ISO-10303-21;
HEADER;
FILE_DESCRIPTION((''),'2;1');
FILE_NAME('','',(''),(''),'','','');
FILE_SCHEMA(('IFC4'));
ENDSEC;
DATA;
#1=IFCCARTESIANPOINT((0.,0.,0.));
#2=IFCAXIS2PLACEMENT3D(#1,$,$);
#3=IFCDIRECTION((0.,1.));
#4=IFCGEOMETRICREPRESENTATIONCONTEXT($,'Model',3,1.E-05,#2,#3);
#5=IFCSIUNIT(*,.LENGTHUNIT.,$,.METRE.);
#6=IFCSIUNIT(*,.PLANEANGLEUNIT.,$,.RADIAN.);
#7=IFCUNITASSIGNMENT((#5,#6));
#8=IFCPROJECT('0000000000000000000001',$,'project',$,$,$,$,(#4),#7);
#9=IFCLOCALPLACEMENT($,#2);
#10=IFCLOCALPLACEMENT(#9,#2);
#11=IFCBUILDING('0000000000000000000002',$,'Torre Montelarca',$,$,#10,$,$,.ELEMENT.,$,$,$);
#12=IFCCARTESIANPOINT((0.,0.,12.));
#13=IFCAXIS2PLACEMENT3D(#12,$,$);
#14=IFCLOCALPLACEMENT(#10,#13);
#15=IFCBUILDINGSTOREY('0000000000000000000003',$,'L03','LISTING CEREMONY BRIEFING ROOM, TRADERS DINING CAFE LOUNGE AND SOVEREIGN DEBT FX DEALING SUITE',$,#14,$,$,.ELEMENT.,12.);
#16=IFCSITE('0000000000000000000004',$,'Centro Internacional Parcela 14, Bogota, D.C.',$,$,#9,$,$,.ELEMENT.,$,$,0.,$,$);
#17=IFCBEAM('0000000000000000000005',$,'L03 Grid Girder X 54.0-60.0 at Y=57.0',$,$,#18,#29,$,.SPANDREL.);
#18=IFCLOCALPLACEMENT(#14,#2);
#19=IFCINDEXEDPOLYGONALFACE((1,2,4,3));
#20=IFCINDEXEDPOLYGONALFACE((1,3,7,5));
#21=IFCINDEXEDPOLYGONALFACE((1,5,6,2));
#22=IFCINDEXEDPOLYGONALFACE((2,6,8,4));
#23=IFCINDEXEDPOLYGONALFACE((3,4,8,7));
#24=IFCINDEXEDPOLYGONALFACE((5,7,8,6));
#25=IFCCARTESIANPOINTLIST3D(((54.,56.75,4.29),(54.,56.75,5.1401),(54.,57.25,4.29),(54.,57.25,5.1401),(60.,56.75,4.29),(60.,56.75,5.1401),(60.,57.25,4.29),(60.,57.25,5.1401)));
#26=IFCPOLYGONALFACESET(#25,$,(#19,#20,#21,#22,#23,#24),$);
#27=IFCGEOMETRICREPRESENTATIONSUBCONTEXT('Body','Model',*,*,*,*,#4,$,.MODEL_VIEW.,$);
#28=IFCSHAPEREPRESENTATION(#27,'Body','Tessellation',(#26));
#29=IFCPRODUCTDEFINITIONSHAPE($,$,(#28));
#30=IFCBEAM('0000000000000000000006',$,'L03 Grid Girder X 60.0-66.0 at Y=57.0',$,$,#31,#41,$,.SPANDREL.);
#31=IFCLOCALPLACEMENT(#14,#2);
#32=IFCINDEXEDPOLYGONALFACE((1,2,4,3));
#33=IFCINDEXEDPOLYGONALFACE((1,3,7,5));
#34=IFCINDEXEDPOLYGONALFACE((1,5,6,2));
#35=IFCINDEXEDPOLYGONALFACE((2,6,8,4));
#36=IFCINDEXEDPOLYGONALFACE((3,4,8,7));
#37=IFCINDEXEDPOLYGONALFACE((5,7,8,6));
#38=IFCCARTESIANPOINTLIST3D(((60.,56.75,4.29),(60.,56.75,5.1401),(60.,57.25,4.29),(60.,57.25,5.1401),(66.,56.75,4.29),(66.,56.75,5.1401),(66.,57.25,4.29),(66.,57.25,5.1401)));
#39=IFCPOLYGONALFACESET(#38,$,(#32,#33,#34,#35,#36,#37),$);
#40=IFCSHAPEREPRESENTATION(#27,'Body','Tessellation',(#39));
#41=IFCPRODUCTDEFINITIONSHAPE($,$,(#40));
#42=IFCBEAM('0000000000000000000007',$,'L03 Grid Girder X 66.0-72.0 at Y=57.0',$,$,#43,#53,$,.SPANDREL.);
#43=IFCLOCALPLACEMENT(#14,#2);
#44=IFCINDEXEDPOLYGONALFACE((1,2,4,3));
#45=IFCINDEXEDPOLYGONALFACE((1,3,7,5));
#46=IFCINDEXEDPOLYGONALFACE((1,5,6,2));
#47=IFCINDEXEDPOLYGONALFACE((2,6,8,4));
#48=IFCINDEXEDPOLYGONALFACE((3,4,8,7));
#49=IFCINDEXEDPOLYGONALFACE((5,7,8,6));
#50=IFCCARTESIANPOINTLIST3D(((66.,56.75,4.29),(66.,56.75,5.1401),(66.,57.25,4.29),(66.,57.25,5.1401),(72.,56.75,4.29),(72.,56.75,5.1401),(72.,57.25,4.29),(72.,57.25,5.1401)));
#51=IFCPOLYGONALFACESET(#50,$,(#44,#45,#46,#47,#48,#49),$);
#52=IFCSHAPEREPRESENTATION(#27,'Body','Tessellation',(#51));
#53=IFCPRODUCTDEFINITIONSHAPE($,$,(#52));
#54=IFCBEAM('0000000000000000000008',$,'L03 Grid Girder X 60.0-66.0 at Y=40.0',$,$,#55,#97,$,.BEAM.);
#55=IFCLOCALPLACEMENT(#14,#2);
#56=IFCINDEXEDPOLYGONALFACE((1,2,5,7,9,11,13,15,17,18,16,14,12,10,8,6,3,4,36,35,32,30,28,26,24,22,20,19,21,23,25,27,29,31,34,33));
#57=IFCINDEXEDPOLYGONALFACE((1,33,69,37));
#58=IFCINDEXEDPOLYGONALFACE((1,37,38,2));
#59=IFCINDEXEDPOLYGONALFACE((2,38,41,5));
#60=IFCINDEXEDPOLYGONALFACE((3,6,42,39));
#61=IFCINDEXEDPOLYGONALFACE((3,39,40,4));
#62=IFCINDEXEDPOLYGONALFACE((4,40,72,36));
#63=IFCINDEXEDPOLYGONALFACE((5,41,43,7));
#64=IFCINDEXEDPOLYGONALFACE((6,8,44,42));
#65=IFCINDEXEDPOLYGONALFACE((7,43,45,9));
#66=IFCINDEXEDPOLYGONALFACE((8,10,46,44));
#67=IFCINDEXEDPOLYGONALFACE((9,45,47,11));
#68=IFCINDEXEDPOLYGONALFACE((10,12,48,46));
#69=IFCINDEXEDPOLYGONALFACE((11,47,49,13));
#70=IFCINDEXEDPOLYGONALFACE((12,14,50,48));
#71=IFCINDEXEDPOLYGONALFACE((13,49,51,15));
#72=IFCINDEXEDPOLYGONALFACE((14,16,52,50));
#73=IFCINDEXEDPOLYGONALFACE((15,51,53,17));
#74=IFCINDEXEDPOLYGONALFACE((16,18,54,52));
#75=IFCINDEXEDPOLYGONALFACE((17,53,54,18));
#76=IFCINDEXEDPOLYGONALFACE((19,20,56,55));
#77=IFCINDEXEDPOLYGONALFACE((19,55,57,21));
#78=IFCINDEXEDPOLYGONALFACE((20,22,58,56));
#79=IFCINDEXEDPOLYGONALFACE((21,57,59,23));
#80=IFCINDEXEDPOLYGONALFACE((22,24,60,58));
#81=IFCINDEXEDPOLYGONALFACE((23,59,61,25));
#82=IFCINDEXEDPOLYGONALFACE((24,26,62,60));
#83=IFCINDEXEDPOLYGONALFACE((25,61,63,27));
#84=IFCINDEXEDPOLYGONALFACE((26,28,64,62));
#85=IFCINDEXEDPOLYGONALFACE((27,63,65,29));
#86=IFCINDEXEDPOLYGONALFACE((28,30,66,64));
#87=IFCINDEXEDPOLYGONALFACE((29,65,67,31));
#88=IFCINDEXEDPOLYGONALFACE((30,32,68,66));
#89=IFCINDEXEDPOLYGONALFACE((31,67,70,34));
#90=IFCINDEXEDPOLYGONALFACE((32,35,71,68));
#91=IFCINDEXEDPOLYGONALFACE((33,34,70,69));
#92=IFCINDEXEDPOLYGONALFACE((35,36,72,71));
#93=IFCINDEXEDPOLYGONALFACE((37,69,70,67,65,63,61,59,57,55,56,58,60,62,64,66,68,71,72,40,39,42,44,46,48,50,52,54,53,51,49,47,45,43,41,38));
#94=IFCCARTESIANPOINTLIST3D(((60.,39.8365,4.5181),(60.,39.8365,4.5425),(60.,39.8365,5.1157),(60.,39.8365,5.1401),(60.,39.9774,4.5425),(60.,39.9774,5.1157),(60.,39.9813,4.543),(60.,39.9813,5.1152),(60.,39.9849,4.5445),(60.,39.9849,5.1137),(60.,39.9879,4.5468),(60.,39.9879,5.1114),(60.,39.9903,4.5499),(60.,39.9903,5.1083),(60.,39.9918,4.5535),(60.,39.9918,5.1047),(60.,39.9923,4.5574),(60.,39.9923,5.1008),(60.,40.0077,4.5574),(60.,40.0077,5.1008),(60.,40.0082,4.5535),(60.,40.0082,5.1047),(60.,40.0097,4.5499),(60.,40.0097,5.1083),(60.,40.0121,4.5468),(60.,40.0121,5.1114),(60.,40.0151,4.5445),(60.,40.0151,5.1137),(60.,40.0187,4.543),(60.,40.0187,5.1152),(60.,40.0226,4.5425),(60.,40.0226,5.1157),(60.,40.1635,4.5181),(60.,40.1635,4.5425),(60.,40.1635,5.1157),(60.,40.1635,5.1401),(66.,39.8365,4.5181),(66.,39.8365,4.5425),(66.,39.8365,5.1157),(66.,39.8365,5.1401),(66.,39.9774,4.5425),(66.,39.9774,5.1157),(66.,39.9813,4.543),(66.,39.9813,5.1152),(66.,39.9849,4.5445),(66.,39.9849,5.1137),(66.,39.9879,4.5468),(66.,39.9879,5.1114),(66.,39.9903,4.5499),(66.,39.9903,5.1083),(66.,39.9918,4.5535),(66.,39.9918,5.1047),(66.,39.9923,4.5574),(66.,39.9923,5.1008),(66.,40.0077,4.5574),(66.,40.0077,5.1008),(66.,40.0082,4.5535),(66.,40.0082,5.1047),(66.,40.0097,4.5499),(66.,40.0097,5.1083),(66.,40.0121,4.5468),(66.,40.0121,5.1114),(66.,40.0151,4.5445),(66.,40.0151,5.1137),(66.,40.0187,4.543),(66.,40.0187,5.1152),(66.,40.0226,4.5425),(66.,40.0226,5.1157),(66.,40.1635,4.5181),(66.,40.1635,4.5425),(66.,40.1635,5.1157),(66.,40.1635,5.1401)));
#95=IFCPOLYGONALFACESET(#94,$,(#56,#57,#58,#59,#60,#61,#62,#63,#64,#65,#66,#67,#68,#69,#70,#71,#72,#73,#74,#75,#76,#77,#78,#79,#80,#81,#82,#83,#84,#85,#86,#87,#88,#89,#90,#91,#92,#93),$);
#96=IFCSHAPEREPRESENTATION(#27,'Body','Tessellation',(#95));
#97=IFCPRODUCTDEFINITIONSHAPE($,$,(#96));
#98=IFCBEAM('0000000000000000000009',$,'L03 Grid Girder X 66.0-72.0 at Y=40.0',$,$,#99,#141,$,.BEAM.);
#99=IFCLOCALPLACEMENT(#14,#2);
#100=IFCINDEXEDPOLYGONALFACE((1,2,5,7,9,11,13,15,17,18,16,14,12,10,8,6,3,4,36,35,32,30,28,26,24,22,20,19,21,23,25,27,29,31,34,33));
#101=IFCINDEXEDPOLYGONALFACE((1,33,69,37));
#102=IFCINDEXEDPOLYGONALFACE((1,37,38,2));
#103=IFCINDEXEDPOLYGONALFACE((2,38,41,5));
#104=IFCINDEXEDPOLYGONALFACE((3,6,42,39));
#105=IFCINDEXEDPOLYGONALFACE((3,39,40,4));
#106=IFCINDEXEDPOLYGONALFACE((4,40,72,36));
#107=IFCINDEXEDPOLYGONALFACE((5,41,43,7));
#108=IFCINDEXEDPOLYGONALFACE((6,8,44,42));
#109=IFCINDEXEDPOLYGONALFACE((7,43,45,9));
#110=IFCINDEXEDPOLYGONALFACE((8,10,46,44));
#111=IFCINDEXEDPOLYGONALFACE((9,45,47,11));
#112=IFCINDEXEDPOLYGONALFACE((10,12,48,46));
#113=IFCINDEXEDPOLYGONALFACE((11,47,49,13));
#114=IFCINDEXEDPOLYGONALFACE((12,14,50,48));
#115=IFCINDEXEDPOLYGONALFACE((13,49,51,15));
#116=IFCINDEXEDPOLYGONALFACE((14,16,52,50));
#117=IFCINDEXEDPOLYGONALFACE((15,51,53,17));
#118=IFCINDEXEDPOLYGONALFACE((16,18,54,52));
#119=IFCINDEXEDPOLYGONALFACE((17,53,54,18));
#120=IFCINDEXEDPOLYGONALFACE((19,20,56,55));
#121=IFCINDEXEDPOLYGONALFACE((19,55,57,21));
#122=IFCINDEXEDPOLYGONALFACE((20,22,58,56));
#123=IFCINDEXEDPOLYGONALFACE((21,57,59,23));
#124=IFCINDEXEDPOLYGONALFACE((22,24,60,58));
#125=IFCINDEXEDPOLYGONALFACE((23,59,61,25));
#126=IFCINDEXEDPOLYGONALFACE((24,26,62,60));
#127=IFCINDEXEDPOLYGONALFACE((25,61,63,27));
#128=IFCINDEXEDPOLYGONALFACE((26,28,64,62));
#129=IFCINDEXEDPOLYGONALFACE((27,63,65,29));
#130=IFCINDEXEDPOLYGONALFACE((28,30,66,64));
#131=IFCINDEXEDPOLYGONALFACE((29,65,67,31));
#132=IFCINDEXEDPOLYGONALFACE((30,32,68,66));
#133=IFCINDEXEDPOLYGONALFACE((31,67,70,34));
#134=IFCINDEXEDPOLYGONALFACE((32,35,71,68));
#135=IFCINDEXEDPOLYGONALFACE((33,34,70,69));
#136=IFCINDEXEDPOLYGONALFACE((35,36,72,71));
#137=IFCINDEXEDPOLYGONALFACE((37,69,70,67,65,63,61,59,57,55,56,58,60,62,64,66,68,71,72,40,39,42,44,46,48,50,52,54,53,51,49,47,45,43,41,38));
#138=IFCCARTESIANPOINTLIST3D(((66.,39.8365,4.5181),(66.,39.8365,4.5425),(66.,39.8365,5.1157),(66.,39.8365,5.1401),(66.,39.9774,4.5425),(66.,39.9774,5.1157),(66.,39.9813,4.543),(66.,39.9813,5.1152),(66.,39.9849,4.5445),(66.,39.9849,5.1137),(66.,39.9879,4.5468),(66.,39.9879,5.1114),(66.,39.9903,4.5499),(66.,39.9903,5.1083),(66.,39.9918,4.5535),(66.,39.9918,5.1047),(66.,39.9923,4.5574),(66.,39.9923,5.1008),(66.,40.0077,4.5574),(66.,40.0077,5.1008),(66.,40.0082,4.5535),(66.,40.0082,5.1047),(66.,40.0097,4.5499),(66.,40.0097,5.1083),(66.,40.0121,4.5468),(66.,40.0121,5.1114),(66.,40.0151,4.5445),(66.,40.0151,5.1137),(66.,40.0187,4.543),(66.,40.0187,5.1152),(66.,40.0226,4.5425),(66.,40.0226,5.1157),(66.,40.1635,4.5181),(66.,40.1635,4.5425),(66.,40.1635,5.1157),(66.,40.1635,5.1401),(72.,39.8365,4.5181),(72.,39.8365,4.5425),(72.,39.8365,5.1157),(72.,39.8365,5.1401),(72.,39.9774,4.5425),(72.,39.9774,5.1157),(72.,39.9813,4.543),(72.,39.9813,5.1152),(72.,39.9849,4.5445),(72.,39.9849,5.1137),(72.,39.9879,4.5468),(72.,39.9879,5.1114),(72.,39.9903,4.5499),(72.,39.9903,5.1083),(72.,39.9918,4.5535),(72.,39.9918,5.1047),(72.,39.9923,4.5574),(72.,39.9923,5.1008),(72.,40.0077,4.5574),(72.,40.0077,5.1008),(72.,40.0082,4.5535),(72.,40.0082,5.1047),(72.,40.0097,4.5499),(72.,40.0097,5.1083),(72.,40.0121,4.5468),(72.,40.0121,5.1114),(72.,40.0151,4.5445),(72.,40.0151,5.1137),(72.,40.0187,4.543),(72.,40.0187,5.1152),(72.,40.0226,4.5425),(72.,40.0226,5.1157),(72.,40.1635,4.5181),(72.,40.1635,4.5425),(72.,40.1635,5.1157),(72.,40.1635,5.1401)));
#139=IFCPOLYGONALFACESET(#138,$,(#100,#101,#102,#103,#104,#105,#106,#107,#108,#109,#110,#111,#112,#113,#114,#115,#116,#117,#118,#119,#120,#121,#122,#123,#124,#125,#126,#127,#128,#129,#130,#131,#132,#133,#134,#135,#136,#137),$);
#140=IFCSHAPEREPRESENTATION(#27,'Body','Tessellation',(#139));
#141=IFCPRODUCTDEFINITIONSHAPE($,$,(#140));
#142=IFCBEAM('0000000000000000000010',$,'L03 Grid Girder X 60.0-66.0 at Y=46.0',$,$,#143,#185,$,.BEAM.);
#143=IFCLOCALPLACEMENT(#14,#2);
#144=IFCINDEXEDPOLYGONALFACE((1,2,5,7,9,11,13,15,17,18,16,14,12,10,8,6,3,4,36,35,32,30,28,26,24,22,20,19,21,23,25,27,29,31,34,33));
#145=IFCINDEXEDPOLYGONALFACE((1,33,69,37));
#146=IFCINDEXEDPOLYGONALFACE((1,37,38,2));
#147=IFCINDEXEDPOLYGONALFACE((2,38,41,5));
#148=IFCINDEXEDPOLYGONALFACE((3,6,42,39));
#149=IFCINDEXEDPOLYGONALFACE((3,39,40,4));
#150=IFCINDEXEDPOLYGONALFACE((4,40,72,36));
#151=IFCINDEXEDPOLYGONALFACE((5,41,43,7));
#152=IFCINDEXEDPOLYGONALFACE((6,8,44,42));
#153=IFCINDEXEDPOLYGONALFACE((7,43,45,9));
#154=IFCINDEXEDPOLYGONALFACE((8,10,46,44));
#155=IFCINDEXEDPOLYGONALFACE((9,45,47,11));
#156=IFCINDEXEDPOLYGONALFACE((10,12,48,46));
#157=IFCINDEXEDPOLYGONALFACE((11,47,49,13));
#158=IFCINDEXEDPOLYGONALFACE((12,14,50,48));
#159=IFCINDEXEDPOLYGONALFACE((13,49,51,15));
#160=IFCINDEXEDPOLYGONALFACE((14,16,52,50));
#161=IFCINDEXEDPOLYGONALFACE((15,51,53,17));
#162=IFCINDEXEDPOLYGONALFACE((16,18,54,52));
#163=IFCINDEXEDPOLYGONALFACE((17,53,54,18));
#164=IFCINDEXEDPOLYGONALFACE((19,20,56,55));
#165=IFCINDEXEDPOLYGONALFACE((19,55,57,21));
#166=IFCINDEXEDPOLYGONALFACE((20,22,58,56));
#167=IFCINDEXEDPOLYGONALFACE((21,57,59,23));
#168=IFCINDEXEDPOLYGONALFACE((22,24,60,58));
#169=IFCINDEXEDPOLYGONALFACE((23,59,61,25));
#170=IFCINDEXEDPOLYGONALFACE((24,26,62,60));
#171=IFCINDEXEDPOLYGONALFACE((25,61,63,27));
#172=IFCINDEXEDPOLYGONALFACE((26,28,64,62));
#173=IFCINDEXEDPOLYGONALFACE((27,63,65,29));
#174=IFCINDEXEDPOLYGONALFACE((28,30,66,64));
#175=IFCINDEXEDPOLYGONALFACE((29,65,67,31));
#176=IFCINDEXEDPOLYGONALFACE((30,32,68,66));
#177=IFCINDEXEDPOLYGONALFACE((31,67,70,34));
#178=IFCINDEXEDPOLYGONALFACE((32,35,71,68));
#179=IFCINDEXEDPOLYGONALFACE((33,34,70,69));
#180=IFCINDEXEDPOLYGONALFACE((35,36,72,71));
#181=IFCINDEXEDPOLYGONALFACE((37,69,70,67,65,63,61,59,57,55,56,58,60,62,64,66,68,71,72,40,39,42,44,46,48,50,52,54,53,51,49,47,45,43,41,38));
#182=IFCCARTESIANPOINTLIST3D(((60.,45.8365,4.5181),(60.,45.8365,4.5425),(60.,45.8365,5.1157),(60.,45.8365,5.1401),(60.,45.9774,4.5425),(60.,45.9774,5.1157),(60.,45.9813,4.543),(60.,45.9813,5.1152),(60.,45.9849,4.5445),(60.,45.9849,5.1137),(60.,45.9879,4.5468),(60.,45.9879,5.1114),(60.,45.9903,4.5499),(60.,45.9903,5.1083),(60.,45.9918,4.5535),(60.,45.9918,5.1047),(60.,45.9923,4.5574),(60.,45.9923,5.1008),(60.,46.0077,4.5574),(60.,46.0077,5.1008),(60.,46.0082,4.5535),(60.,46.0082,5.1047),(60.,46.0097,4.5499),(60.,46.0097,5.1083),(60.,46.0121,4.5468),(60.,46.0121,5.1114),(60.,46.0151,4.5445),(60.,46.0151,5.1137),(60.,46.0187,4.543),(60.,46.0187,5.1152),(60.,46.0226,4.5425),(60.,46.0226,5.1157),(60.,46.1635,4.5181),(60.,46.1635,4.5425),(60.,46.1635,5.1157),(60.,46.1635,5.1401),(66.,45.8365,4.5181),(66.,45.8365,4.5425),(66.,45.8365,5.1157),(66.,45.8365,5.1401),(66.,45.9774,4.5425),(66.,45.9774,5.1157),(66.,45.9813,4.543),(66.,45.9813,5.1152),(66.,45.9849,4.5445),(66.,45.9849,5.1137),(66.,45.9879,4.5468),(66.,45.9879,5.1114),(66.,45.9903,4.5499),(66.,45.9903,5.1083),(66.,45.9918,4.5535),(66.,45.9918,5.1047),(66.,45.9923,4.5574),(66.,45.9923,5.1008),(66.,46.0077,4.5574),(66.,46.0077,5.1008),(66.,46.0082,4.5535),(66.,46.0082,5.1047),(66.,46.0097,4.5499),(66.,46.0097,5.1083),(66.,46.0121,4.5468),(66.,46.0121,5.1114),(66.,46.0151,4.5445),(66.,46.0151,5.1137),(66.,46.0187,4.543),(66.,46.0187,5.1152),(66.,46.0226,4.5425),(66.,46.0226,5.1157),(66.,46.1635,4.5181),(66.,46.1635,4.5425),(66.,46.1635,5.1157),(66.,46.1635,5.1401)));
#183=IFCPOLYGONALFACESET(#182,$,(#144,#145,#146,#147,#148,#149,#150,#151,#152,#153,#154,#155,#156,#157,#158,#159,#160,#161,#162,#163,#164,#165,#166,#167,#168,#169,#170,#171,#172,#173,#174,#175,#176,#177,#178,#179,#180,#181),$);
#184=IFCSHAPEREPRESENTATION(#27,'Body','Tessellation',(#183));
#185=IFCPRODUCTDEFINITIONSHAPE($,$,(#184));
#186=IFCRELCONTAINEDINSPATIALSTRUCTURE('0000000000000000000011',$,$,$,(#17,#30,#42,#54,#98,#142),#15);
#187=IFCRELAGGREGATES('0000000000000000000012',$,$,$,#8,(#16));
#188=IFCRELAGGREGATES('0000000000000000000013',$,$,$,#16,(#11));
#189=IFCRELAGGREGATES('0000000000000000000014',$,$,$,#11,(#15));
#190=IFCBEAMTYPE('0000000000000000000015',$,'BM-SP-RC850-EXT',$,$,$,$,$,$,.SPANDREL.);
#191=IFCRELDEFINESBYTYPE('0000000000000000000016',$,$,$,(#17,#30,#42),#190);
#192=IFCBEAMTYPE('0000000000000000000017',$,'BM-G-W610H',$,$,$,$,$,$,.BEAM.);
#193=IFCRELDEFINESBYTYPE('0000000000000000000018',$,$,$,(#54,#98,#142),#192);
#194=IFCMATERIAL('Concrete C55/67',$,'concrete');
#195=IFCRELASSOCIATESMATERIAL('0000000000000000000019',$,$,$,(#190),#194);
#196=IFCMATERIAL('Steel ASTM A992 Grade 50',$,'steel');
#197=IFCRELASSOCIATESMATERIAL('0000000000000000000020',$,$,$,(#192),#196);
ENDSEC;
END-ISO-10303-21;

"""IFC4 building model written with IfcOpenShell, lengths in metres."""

from ifc_helpers import new_model, si_unit, direction, frame, origin, origin_2d, place, context, subcontext, project, spatial, rectangle, i_section, extrude, source, transform, mapped, material, material_profile, profile_set, type_object, element, save


model = new_model("IFC4")

# Units and contexts
model_context = context("Model", 3, precision=1e-05, world=origin(), true_north=direction((0.0, 1.0)))
body_context = subcontext(model_context, "Body", "Model", "MODEL_VIEW")
ifc_project = project(units=[si_unit("LENGTHUNIT", "METRE"), si_unit("PLANEANGLEUNIT", "RADIAN")], contexts=[model_context])

# Site, building, storey
site_placement = place(None, origin())
site = spatial("IfcSite", under=ifc_project, at=site_placement, Name="Centro Internacional Parcela 14, Bogota, D.C.", CompositionType="ELEMENT", RefElevation=0.0)
building_placement = place(site_placement, origin())
building = spatial("IfcBuilding", under=site, at=building_placement, Name="Torre Montelarca", CompositionType="ELEMENT")
storey_placement = place(building_placement, frame((0.0, 0.0, 12.0)))
storey = spatial("IfcBuildingStorey", under=building, at=storey_placement, Name="L03", Description="LISTING CEREMONY BRIEFING ROOM, TRADERS DINING CAFE LOUNGE AND SOVEREIGN DEBT FX DEALING SUITE", CompositionType="ELEMENT", Elevation=12.0)

# Shared definitions
ifc_material_1 = material(Name="Steel ASTM A992 Grade 50", Category="steel")

# Beams
ifc_material_2 = material(Name="Concrete C55/67", Category="concrete")
ifc_material_profile_1 = material_profile(ifc_material_2, rectangle(XDim=0.5, YDim=0.8501, at=origin_2d()), Name="RCB500X850", Category="concrete")
ifc_profile_set_1 = profile_set([ifc_material_profile_1], Name="Concrete C55/67")
beam_type_1 = type_object("IfcBeamType", Name="BM-SP-RC850-EXT", PredefinedType="SPANDREL", material=ifc_profile_set_1)
shared_shape_1 = source(origin(), body_context, "Body", "SweptSolid", [
    extrude(rectangle(XDim=0.5, YDim=0.8501, at=origin_2d()), origin(), (0.0, 0.0, 1.0), 6.0),
])
for number, where, z_axis, x_axis, name in (
    (1, (54.0, 57.0, 4.7151), (1.0, 0.0, 0.0), (0.0, 1.0, 0.0), "L03 Grid Girder X 54.0-60.0 at Y=57.0"),
    (2, (60.0, 57.0, 4.7151), (1.0, 0.0, 0.0), (0.0, 1.0, 0.0), "L03 Grid Girder X 60.0-66.0 at Y=57.0"),
    (3, (66.0, 57.0, 4.7151), (1.0, 0.0, 0.0), (0.0, 1.0, 0.0), "L03 Grid Girder X 66.0-72.0 at Y=57.0"),
):
    element("IfcBeam", number, at=place(storey_placement, frame(where, z_axis=z_axis, x_axis=x_axis)), inside=storey, type_object=beam_type_1, Name=name, PredefinedType="SPANDREL", context=body_context, shape_type="MappedRepresentation", body=[
        mapped(shared_shape_1, transform((0.0, 0.0, 0.0), scale=1.0)),
    ])
ifc_material_profile_2 = material_profile(ifc_material_1, i_section(OverallWidth=0.3269, OverallDepth=0.6221, WebThickness=0.0154, FlangeThickness=0.0244, FilletRadius=0.0149, at=origin_2d()), Name="W610X195", Category="steel")
ifc_profile_set_2 = profile_set([ifc_material_profile_2], Name="Steel ASTM A992 Grade 50")
beam_type_2 = type_object("IfcBeamType", Name="BM-G-W610H", PredefinedType="BEAM", material=ifc_profile_set_2)
shared_shape_2 = source(origin(), body_context, "Body", "SweptSolid", [
    extrude(i_section(OverallWidth=0.3269, OverallDepth=0.6221, WebThickness=0.0154, FlangeThickness=0.0244, FilletRadius=0.0149, at=origin_2d()), origin(), (0.0, 0.0, 1.0), 6.0),
])
for number, where, z_axis, x_axis, name in (
    (4, (60.0, 40.0, 4.8291), (1.0, 0.0, 0.0), (0.0, 1.0, 0.0), "L03 Grid Girder X 60.0-66.0 at Y=40.0"),
    (5, (66.0, 40.0, 4.8291), (1.0, 0.0, 0.0), (0.0, 1.0, 0.0), "L03 Grid Girder X 66.0-72.0 at Y=40.0"),
    (6, (60.0, 46.0, 4.8291), (1.0, 0.0, 0.0), (0.0, 1.0, 0.0), "L03 Grid Girder X 60.0-66.0 at Y=46.0"),
):
    element("IfcBeam", number, at=place(storey_placement, frame(where, z_axis=z_axis, x_axis=x_axis)), inside=storey, type_object=beam_type_2, Name=name, PredefinedType="BEAM", context=body_context, shape_type="MappedRepresentation", body=[
        mapped(shared_shape_2, transform((0.0, 0.0, 0.0), scale=1.0)),
    ])

save(model, "model.ifc")
